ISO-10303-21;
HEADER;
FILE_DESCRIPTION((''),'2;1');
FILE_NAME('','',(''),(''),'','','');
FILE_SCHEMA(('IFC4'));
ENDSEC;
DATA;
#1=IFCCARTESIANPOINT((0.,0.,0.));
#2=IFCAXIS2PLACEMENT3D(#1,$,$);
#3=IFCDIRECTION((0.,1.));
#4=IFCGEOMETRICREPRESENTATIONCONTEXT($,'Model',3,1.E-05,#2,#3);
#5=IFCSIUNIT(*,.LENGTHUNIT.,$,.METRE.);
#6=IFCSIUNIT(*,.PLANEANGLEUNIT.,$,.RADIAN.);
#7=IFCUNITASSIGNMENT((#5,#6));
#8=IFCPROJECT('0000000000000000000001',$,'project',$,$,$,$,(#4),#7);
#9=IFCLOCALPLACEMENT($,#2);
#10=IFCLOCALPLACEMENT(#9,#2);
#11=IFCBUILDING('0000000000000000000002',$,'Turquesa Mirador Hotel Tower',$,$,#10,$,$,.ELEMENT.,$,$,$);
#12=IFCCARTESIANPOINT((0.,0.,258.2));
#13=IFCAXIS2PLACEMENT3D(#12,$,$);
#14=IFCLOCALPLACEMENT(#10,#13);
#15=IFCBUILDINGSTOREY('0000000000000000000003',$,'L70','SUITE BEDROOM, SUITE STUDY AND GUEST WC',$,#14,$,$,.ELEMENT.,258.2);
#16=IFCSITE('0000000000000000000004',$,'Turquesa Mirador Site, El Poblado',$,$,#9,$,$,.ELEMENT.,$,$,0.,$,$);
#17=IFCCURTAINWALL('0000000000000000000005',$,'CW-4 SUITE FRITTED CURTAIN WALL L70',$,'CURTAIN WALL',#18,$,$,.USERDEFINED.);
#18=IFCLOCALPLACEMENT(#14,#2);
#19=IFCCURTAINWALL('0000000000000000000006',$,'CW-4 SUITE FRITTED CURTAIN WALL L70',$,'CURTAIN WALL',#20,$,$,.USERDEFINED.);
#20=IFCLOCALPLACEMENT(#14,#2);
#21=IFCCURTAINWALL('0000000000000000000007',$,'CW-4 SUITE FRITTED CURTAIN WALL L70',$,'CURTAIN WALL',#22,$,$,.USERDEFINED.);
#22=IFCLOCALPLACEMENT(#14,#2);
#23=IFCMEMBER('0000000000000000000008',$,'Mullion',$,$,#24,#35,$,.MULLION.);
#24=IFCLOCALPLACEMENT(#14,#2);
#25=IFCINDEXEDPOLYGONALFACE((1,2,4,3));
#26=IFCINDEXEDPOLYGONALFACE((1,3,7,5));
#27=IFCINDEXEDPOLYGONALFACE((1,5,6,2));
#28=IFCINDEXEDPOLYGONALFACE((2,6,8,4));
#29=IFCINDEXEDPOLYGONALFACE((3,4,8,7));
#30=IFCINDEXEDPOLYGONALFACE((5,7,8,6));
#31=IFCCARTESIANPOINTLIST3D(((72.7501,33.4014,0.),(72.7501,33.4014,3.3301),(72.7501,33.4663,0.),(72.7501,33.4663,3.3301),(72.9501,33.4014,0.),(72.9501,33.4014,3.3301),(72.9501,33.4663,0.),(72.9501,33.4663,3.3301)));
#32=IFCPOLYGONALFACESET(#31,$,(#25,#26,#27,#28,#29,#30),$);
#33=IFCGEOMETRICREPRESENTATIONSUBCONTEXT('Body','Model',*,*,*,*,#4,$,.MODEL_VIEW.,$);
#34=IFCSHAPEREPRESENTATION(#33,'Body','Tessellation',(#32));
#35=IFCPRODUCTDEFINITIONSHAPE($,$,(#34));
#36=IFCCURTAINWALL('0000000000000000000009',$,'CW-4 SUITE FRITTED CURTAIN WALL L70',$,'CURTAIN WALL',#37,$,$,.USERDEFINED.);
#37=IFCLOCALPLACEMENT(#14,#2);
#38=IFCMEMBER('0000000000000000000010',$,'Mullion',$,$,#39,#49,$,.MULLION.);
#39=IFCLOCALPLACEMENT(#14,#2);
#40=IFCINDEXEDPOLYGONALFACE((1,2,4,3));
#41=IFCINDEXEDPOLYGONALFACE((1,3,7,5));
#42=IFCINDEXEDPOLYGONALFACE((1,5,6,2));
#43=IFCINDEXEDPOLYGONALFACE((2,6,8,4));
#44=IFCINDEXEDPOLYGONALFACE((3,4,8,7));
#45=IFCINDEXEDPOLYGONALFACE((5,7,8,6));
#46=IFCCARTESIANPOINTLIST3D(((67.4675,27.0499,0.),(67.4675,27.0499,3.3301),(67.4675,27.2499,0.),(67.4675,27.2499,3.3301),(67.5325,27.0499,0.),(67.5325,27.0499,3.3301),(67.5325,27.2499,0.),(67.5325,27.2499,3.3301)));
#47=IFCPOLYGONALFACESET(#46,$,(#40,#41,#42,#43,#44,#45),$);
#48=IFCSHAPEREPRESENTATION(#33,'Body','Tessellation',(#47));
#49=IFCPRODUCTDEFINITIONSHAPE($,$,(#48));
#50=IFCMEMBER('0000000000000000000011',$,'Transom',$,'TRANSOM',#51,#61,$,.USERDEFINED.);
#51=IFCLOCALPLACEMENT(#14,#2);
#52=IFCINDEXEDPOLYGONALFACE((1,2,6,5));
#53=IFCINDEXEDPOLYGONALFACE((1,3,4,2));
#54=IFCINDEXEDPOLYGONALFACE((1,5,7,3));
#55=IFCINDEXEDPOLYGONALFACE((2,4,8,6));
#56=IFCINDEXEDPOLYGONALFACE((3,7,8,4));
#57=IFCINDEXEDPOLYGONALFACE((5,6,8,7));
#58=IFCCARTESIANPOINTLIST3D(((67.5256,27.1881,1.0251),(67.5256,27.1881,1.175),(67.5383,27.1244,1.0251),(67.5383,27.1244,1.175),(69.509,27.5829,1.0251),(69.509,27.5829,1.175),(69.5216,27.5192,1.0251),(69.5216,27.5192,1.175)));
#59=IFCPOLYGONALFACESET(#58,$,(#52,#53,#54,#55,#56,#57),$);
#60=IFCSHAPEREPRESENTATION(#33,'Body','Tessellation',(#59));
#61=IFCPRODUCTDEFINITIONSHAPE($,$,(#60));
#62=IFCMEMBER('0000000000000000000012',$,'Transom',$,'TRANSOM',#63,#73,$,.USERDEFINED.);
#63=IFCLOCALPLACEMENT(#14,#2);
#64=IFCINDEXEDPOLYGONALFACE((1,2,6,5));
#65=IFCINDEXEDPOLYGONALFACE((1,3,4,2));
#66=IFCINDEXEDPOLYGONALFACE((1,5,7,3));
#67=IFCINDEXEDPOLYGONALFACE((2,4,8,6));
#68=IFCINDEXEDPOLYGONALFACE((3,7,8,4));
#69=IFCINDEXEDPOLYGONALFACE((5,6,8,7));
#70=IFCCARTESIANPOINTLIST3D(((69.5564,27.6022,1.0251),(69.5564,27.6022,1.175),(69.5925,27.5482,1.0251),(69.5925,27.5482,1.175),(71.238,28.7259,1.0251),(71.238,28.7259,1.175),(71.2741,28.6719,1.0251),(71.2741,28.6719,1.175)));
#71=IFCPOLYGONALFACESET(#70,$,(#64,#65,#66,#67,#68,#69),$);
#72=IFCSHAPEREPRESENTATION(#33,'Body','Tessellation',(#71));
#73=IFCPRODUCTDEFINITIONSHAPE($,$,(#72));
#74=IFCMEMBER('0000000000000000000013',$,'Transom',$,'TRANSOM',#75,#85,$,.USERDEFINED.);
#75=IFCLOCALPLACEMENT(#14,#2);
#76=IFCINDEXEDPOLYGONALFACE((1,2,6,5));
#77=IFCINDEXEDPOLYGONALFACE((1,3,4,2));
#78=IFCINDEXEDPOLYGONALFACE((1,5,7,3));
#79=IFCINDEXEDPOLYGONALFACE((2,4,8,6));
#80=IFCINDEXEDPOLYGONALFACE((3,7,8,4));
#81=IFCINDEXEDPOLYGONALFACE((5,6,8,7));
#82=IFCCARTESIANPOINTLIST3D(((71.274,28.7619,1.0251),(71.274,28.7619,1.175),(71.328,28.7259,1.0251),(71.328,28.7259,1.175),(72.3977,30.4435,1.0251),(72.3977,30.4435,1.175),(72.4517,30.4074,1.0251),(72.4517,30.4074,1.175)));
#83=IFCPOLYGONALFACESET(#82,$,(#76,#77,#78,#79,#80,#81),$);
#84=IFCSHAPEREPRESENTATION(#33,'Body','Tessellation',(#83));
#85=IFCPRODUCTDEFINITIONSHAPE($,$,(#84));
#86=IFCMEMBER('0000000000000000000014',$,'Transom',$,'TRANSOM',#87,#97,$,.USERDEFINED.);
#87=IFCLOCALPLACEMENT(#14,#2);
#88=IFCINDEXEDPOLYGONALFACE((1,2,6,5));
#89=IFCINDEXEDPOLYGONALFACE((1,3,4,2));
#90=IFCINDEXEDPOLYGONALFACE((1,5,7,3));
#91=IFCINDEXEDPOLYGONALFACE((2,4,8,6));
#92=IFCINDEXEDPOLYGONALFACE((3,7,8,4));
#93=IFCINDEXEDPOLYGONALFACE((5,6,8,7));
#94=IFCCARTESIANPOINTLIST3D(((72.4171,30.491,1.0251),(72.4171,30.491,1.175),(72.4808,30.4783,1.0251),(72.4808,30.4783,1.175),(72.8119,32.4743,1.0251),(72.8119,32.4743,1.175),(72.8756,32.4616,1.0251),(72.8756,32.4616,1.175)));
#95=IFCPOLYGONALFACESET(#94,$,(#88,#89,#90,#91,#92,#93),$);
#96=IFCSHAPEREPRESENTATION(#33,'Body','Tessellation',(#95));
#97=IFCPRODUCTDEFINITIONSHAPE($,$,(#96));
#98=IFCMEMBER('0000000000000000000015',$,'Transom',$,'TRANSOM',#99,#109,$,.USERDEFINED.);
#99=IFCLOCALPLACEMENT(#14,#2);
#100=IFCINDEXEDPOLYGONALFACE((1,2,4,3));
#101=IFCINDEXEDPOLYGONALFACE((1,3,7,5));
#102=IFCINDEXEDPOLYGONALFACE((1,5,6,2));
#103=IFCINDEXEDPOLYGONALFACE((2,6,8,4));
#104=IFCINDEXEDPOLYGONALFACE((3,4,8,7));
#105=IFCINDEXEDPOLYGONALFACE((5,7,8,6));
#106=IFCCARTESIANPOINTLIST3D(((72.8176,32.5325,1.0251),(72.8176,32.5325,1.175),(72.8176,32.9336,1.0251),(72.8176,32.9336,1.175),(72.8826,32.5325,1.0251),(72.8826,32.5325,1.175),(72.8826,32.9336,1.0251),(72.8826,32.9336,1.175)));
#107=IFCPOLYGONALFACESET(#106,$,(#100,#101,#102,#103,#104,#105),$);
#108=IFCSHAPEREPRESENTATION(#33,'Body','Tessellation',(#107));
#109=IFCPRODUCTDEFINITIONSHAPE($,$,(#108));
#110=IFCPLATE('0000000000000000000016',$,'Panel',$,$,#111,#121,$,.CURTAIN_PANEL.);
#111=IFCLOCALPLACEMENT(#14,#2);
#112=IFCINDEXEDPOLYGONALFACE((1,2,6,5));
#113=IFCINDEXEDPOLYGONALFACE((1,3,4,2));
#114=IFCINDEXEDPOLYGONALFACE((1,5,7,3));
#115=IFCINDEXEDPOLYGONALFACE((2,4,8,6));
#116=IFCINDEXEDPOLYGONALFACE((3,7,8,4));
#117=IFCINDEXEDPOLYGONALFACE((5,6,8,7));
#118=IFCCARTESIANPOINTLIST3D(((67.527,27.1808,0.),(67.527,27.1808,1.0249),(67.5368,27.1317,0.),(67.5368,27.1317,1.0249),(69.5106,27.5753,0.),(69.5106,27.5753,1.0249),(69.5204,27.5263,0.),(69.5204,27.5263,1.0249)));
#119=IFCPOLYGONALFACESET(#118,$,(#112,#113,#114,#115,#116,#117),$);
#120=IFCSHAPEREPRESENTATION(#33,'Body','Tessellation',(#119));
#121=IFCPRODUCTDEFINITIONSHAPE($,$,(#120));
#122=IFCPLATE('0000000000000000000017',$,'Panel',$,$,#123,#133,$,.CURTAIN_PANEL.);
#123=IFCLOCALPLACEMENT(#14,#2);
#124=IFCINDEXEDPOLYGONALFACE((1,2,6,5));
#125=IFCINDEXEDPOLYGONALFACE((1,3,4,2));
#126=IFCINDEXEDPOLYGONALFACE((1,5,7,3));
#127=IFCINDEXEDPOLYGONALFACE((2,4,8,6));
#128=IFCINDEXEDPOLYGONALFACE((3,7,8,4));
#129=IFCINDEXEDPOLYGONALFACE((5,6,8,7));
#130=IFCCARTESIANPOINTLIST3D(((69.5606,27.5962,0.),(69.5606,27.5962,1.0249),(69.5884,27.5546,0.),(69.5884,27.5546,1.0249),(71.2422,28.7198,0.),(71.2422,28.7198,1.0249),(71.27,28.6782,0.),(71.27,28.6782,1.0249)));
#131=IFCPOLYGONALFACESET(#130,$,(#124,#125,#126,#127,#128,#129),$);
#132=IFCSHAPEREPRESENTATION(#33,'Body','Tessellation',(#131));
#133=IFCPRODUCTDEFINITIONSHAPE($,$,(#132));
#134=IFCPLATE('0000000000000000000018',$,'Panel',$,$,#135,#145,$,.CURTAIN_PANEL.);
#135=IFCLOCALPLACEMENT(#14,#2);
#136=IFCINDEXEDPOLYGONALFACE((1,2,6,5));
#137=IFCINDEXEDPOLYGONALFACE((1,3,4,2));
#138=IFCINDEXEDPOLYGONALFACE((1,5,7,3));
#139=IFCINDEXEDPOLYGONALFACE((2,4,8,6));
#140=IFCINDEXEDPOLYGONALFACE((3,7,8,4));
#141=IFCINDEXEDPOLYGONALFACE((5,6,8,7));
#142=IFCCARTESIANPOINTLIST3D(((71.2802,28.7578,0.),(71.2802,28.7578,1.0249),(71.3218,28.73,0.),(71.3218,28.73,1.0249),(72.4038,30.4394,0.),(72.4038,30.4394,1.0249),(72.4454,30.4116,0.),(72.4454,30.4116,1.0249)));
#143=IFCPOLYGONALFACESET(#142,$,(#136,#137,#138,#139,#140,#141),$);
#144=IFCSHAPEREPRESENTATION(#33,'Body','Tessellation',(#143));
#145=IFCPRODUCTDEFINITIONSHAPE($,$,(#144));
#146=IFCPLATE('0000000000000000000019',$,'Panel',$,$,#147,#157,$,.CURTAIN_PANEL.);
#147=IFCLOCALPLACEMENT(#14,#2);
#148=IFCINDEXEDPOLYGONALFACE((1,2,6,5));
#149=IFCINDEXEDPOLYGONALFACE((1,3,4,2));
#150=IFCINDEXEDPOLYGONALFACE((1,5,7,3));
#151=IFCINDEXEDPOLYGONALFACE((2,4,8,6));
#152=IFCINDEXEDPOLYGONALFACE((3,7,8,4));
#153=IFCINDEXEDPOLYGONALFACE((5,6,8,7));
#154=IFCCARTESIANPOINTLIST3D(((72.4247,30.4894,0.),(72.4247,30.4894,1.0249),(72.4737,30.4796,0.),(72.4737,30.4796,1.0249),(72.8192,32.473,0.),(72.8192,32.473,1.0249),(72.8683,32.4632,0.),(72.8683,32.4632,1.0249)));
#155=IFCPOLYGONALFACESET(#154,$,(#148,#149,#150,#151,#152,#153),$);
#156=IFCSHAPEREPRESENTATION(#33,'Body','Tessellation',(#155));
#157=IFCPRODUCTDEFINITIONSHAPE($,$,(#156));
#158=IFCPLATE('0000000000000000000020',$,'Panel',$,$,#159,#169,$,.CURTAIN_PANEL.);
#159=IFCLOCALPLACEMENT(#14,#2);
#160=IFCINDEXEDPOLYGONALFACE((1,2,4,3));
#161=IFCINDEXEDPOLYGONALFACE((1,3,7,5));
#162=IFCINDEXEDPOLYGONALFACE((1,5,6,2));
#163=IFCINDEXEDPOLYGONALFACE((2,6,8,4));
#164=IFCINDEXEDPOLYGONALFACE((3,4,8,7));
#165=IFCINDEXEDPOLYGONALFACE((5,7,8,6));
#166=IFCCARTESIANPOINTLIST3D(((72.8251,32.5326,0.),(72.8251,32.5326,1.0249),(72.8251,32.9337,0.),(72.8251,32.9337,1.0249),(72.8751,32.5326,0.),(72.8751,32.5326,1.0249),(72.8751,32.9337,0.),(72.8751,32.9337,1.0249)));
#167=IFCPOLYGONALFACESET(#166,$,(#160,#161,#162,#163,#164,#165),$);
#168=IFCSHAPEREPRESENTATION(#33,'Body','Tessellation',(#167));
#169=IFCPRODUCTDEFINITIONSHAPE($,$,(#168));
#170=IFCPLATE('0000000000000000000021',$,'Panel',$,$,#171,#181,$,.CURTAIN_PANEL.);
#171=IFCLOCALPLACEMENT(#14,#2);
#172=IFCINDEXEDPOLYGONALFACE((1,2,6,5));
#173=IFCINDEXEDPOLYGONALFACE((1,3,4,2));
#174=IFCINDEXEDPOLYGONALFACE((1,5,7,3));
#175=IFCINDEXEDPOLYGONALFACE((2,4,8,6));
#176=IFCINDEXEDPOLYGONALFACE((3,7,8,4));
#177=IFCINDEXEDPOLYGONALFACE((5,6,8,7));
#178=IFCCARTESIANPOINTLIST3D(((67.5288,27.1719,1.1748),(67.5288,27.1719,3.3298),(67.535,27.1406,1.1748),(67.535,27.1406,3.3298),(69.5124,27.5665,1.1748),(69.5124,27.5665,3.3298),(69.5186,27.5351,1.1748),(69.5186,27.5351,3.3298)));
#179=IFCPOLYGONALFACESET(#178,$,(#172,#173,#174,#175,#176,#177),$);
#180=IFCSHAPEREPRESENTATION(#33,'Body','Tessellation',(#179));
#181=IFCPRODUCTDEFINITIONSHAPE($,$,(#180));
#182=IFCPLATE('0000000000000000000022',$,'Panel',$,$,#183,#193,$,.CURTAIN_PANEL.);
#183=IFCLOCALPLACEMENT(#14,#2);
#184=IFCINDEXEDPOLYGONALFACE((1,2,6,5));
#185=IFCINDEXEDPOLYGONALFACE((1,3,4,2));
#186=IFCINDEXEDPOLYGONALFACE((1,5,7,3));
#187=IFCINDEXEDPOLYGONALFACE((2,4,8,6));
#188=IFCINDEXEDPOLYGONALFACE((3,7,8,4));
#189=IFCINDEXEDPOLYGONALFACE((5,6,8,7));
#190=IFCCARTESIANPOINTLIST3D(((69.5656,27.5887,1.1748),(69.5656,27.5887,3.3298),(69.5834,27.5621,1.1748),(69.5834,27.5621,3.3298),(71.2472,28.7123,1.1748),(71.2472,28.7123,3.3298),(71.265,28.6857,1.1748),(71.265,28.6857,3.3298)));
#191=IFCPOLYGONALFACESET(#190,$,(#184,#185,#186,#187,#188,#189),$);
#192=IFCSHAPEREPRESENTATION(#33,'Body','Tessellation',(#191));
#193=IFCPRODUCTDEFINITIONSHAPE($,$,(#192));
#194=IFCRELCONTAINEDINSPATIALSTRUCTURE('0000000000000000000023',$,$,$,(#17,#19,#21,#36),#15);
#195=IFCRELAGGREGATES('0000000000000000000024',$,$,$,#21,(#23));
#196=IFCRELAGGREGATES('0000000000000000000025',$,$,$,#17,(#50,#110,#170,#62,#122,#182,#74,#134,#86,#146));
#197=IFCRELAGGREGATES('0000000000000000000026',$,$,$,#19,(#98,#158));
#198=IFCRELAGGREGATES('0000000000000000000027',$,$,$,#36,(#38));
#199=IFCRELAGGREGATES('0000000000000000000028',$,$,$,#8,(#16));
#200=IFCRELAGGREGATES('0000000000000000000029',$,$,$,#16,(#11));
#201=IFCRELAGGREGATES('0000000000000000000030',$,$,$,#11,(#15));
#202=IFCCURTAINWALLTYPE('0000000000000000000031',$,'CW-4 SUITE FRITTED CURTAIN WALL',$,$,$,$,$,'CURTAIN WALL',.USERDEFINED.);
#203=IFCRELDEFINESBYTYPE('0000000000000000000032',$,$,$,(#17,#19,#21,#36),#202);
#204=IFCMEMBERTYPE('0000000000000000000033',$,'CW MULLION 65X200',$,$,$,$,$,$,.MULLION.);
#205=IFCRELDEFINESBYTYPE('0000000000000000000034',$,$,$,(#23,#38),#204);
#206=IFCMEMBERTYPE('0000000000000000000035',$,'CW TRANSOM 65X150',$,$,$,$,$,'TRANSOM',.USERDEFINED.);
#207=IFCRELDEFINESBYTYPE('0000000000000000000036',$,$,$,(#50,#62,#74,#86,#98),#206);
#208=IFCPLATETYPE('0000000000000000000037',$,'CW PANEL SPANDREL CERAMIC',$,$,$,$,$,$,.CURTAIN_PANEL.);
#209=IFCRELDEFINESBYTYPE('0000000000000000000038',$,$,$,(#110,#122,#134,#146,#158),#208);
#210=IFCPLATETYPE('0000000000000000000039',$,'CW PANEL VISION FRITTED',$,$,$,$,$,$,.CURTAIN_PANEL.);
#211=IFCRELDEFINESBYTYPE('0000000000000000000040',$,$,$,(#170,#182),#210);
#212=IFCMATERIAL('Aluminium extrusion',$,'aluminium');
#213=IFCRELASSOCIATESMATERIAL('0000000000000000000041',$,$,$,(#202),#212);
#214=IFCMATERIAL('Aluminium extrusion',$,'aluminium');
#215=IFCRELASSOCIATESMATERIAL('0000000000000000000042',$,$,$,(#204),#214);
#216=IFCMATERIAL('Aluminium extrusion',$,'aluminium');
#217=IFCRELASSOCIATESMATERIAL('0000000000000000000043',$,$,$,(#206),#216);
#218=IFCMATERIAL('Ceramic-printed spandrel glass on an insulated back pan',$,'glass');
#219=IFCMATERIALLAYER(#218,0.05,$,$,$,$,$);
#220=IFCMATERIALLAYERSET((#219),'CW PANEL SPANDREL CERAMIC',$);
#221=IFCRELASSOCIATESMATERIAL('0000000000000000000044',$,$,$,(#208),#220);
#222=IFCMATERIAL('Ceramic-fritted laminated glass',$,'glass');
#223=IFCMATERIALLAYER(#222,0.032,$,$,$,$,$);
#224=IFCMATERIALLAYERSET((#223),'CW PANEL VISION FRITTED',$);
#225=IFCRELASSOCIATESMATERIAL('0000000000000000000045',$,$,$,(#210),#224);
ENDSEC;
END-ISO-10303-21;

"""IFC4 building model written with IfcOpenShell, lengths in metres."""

from ifc_helpers import new_model, si_unit, direction, frame, origin, origin_2d, place, context, subcontext, project, spatial, rectangle, extrude, material, layer, layer_set, material_profile, profile_set, type_object, element, aggregate, save


model = new_model("IFC4")

# Units and contexts
model_context = context("Model", 3, precision=1e-05, world=origin(), true_north=direction((0.0, 1.0)))
body_context = subcontext(model_context, "Body", "Model", "MODEL_VIEW")
ifc_project = project(units=[si_unit("LENGTHUNIT", "METRE"), si_unit("PLANEANGLEUNIT", "RADIAN")], contexts=[model_context])

# Site, building, storey
site_placement = place(None, origin())
site = spatial("IfcSite", under=ifc_project, at=site_placement, Name="Turquesa Mirador Site, El Poblado", CompositionType="ELEMENT", RefElevation=0.0)
building_placement = place(site_placement, origin())
building = spatial("IfcBuilding", under=site, at=building_placement, Name="Turquesa Mirador Hotel Tower", CompositionType="ELEMENT")
storey_placement = place(building_placement, frame((0.0, 0.0, 258.2)))
storey = spatial("IfcBuildingStorey", under=building, at=storey_placement, Name="L70", Description="SUITE BEDROOM, SUITE STUDY AND GUEST WC", CompositionType="ELEMENT", Elevation=258.2)

# Curtain walls
ifc_material_1 = material(Name="Aluminium extrusion", Category="aluminium")
curtain_wall_type = type_object("IfcCurtainWallType", Name="CW-4 SUITE FRITTED CURTAIN WALL", ElementType="CURTAIN WALL", PredefinedType="USERDEFINED", material=ifc_material_1)
curtain_wall_1_placement = place(storey_placement, origin())
curtain_wall_1 = element("IfcCurtainWall", 1, at=curtain_wall_1_placement, inside=storey, type_object=curtain_wall_type, Name="CW-4 SUITE FRITTED CURTAIN WALL L70", ObjectType="CURTAIN WALL", PredefinedType="USERDEFINED")
ifc_material_2 = material(Name="Aluminium extrusion", Category="aluminium")
ifc_material_profile_1 = material_profile(ifc_material_2, rectangle(XDim=0.0649, YDim=0.2, at=origin_2d()), Name="MULLION 65X200")
ifc_profile_set_1 = profile_set([ifc_material_profile_1], Name="Aluminium extrusion")
member_type_1 = type_object("IfcMemberType", Name="CW MULLION 65X200", PredefinedType="MULLION", material=ifc_profile_set_1)
curtain_wall_2_placement = place(storey_placement, origin())
curtain_wall_2 = element("IfcCurtainWall", 2, at=curtain_wall_2_placement, inside=storey, type_object=curtain_wall_type, Name="CW-4 SUITE FRITTED CURTAIN WALL L70", ObjectType="CURTAIN WALL", PredefinedType="USERDEFINED")

# Curtain walls, members
curtain_wall_3_placement = place(storey_placement, origin())
curtain_wall_3 = element("IfcCurtainWall", 3, at=curtain_wall_3_placement, inside=storey, type_object=curtain_wall_type, Name="CW-4 SUITE FRITTED CURTAIN WALL L70", ObjectType="CURTAIN WALL", PredefinedType="USERDEFINED")
member_1_placement = place(storey_placement, frame((72.8501, 33.4338, 0.0), z_axis=(0.0, 0.0, 1.0), x_axis=(0.0, 1.0, 0.0)))
member_1 = element("IfcMember", 4, at=member_1_placement, type_object=member_type_1, Name="Mullion", PredefinedType="MULLION", context=body_context, shape_type="SweptSolid", body=[
    extrude(rectangle(XDim=0.0649, YDim=0.2, at=origin_2d()), origin(), (0.0, 0.0, 1.0), 3.3301),
])
aggregate(curtain_wall_3, [member_1])
curtain_wall_4_placement = place(storey_placement, origin())
curtain_wall_4 = element("IfcCurtainWall", 5, at=curtain_wall_4_placement, inside=storey, type_object=curtain_wall_type, Name="CW-4 SUITE FRITTED CURTAIN WALL L70", ObjectType="CURTAIN WALL", PredefinedType="USERDEFINED")
member_2_placement = place(storey_placement, frame((67.5, 27.1499, 0.0), z_axis=(0.0, 0.0, 1.0), x_axis=(1.0, 0.0, 0.0)))
member_2 = element("IfcMember", 6, at=member_2_placement, type_object=member_type_1, Name="Mullion", PredefinedType="MULLION", context=body_context, shape_type="SweptSolid", body=[
    extrude(rectangle(XDim=0.0649, YDim=0.2, at=origin_2d()), origin(), (0.0, 0.0, 1.0), 3.3301),
])

# Members
ifc_material_3 = material(Name="Aluminium extrusion", Category="aluminium")
ifc_material_profile_2 = material_profile(ifc_material_3, rectangle(XDim=0.0649, YDim=0.1499, at=origin_2d()), Name="TRANSOM 65X150")
ifc_profile_set_2 = profile_set([ifc_material_profile_2], Name="Aluminium extrusion")
member_type_2 = type_object("IfcMemberType", Name="CW TRANSOM 65X150", ElementType="TRANSOM", PredefinedType="USERDEFINED", material=ifc_profile_set_2)
member_3_placement = place(storey_placement, frame((67.532, 27.1562, 1.1001), z_axis=(0.980761, 0.195211, 0.0), x_axis=(-0.195211, 0.980761, 0.0)))
member_3 = element("IfcMember", 7, at=member_3_placement, type_object=member_type_2, Name="Transom", ObjectType="TRANSOM", PredefinedType="USERDEFINED", context=body_context, shape_type="SweptSolid", body=[
    extrude(rectangle(XDim=0.0649, YDim=0.1499, at=origin_2d()), origin(), (0.0, 0.0, 1.0), 2.0222),
])
member_4_placement = place(storey_placement, frame((69.5745, 27.5752, 1.1001), z_axis=(0.831437, 0.555619, 0.0), x_axis=(-0.555619, 0.831437, 0.0)))
member_4 = element("IfcMember", 8, at=member_4_placement, type_object=member_type_2, Name="Transom", ObjectType="TRANSOM", PredefinedType="USERDEFINED", context=body_context, shape_type="SweptSolid", body=[
    extrude(rectangle(XDim=0.0649, YDim=0.1499, at=origin_2d()), origin(), (0.0, 0.0, 1.0), 2.0225),
])
member_5_placement = place(storey_placement, frame((71.301, 28.7439, 1.1001), z_axis=(0.555619, 0.831437, 0.0), x_axis=(-0.831437, 0.555619, 0.0)))
member_5 = element("IfcMember", 9, at=member_5_placement, type_object=member_type_2, Name="Transom", ObjectType="TRANSOM", PredefinedType="USERDEFINED", context=body_context, shape_type="SweptSolid", body=[
    extrude(rectangle(XDim=0.0649, YDim=0.1499, at=origin_2d()), origin(), (0.0, 0.0, 1.0), 2.0225),
])
member_6_placement = place(storey_placement, frame((72.449, 30.4846, 1.1001), z_axis=(0.195211, 0.980761, 0.0), x_axis=(-0.980761, 0.195211, 0.0)))
member_6 = element("IfcMember", 10, at=member_6_placement, type_object=member_type_2, Name="Transom", ObjectType="TRANSOM", PredefinedType="USERDEFINED", context=body_context, shape_type="SweptSolid", body=[
    extrude(rectangle(XDim=0.0649, YDim=0.1499, at=origin_2d()), origin(), (0.0, 0.0, 1.0), 2.0222),
])
member_7_placement = place(storey_placement, frame((72.8501, 32.5325, 1.1001), z_axis=(0.0, 1.0, 0.0), x_axis=(-1.0, 0.0, 0.0)))
member_7 = element("IfcMember", 11, at=member_7_placement, type_object=member_type_2, Name="Transom", ObjectType="TRANSOM", PredefinedType="USERDEFINED", context=body_context, shape_type="SweptSolid", body=[
    extrude(rectangle(XDim=0.0649, YDim=0.1499, at=origin_2d()), origin(), (0.0, 0.0, 1.0), 0.4011),
])

# Plates
ifc_material_4 = material(Name="Ceramic-printed spandrel glass on an insulated back pan", Category="glass")
ifc_layer_1 = layer(ifc_material_4, 0.05)
ifc_layer_set_1 = layer_set([ifc_layer_1], Name="CW PANEL SPANDREL CERAMIC")
plate_type_1 = type_object("IfcPlateType", Name="CW PANEL SPANDREL CERAMIC", PredefinedType="CURTAIN_PANEL", material=ifc_layer_set_1)
plate_1_placement = place(storey_placement, frame((68.5237, 27.3535, 0.0), z_axis=(0.0, 0.0, 1.0), x_axis=(0.980785, 0.195091, 0.0)))
plate_1 = element("IfcPlate", 12, at=plate_1_placement, type_object=plate_type_1, Name="Panel", PredefinedType="CURTAIN_PANEL", context=body_context, shape_type="SweptSolid", body=[
    extrude(rectangle(XDim=2.0225, YDim=0.05, at=origin_2d()), origin(), (0.0, 0.0, 1.0), 1.0249),
])
plate_2_placement = place(storey_placement, frame((70.4153, 28.1372, 0.0), z_axis=(0.0, 0.0, 1.0), x_axis=(0.83147, 0.55557, 0.0)))
plate_2 = element("IfcPlate", 13, at=plate_2_placement, type_object=plate_type_1, Name="Panel", PredefinedType="CURTAIN_PANEL", context=body_context, shape_type="SweptSolid", body=[
    extrude(rectangle(XDim=2.0225, YDim=0.05, at=origin_2d()), origin(), (0.0, 0.0, 1.0), 1.0249),
])
plate_3_placement = place(storey_placement, frame((71.8628, 29.5847, 0.0), z_axis=(0.0, 0.0, 1.0), x_axis=(0.55557, 0.83147, 0.0)))
plate_3 = element("IfcPlate", 14, at=plate_3_placement, type_object=plate_type_1, Name="Panel", PredefinedType="CURTAIN_PANEL", context=body_context, shape_type="SweptSolid", body=[
    extrude(rectangle(XDim=2.0225, YDim=0.05, at=origin_2d()), origin(), (0.0, 0.0, 1.0), 1.0249),
])
plate_4_placement = place(storey_placement, frame((72.6465, 31.4763, 0.0), z_axis=(0.0, 0.0, 1.0), x_axis=(0.195091, 0.980785, 0.0)))
plate_4 = element("IfcPlate", 15, at=plate_4_placement, type_object=plate_type_1, Name="Panel", PredefinedType="CURTAIN_PANEL", context=body_context, shape_type="SweptSolid", body=[
    extrude(rectangle(XDim=2.0225, YDim=0.05, at=origin_2d()), origin(), (0.0, 0.0, 1.0), 1.0249),
])
plate_5_placement = place(storey_placement, frame((72.8501, 32.7332, 0.0), z_axis=(0.0, 0.0, 1.0), x_axis=(0.0, 1.0, 0.0)))
plate_5 = element("IfcPlate", 16, at=plate_5_placement, type_object=plate_type_1, Name="Panel", PredefinedType="CURTAIN_PANEL", context=body_context, shape_type="SweptSolid", body=[
    extrude(rectangle(XDim=0.4011, YDim=0.05, at=origin_2d()), origin(), (0.0, 0.0, 1.0), 1.0249),
])
ifc_material_5 = material(Name="Ceramic-fritted laminated glass", Category="glass")
ifc_layer_2 = layer(ifc_material_5, 0.032)
ifc_layer_set_2 = layer_set([ifc_layer_2], Name="CW PANEL VISION FRITTED")
plate_type_2 = type_object("IfcPlateType", Name="CW PANEL VISION FRITTED", PredefinedType="CURTAIN_PANEL", material=ifc_layer_set_2)
plate_6_placement = place(storey_placement, frame((68.5237, 27.3535, 1.1748), z_axis=(0.0, 0.0, 1.0), x_axis=(0.980785, 0.195091, 0.0)))
plate_6 = element("IfcPlate", 17, at=plate_6_placement, type_object=plate_type_2, Name="Panel", PredefinedType="CURTAIN_PANEL", context=body_context, shape_type="SweptSolid", body=[
    extrude(rectangle(XDim=2.0225, YDim=0.032, at=origin_2d()), origin(), (0.0, 0.0, 1.0), 2.155),
])
plate_7_placement = place(storey_placement, frame((70.4153, 28.1372, 1.1748), z_axis=(0.0, 0.0, 1.0), x_axis=(0.83147, 0.55557, 0.0)))
plate_7 = element("IfcPlate", 18, at=plate_7_placement, type_object=plate_type_2, Name="Panel", PredefinedType="CURTAIN_PANEL", context=body_context, shape_type="SweptSolid", body=[
    extrude(rectangle(XDim=2.0225, YDim=0.032, at=origin_2d()), origin(), (0.0, 0.0, 1.0), 2.155),
])
aggregate(curtain_wall_1, [member_3, plate_1, plate_6, member_4, plate_2, plate_7, member_5, plate_3, member_6, plate_4])
aggregate(curtain_wall_2, [member_7, plate_5])
aggregate(curtain_wall_4, [member_2])

save(model, "model.ifc")
